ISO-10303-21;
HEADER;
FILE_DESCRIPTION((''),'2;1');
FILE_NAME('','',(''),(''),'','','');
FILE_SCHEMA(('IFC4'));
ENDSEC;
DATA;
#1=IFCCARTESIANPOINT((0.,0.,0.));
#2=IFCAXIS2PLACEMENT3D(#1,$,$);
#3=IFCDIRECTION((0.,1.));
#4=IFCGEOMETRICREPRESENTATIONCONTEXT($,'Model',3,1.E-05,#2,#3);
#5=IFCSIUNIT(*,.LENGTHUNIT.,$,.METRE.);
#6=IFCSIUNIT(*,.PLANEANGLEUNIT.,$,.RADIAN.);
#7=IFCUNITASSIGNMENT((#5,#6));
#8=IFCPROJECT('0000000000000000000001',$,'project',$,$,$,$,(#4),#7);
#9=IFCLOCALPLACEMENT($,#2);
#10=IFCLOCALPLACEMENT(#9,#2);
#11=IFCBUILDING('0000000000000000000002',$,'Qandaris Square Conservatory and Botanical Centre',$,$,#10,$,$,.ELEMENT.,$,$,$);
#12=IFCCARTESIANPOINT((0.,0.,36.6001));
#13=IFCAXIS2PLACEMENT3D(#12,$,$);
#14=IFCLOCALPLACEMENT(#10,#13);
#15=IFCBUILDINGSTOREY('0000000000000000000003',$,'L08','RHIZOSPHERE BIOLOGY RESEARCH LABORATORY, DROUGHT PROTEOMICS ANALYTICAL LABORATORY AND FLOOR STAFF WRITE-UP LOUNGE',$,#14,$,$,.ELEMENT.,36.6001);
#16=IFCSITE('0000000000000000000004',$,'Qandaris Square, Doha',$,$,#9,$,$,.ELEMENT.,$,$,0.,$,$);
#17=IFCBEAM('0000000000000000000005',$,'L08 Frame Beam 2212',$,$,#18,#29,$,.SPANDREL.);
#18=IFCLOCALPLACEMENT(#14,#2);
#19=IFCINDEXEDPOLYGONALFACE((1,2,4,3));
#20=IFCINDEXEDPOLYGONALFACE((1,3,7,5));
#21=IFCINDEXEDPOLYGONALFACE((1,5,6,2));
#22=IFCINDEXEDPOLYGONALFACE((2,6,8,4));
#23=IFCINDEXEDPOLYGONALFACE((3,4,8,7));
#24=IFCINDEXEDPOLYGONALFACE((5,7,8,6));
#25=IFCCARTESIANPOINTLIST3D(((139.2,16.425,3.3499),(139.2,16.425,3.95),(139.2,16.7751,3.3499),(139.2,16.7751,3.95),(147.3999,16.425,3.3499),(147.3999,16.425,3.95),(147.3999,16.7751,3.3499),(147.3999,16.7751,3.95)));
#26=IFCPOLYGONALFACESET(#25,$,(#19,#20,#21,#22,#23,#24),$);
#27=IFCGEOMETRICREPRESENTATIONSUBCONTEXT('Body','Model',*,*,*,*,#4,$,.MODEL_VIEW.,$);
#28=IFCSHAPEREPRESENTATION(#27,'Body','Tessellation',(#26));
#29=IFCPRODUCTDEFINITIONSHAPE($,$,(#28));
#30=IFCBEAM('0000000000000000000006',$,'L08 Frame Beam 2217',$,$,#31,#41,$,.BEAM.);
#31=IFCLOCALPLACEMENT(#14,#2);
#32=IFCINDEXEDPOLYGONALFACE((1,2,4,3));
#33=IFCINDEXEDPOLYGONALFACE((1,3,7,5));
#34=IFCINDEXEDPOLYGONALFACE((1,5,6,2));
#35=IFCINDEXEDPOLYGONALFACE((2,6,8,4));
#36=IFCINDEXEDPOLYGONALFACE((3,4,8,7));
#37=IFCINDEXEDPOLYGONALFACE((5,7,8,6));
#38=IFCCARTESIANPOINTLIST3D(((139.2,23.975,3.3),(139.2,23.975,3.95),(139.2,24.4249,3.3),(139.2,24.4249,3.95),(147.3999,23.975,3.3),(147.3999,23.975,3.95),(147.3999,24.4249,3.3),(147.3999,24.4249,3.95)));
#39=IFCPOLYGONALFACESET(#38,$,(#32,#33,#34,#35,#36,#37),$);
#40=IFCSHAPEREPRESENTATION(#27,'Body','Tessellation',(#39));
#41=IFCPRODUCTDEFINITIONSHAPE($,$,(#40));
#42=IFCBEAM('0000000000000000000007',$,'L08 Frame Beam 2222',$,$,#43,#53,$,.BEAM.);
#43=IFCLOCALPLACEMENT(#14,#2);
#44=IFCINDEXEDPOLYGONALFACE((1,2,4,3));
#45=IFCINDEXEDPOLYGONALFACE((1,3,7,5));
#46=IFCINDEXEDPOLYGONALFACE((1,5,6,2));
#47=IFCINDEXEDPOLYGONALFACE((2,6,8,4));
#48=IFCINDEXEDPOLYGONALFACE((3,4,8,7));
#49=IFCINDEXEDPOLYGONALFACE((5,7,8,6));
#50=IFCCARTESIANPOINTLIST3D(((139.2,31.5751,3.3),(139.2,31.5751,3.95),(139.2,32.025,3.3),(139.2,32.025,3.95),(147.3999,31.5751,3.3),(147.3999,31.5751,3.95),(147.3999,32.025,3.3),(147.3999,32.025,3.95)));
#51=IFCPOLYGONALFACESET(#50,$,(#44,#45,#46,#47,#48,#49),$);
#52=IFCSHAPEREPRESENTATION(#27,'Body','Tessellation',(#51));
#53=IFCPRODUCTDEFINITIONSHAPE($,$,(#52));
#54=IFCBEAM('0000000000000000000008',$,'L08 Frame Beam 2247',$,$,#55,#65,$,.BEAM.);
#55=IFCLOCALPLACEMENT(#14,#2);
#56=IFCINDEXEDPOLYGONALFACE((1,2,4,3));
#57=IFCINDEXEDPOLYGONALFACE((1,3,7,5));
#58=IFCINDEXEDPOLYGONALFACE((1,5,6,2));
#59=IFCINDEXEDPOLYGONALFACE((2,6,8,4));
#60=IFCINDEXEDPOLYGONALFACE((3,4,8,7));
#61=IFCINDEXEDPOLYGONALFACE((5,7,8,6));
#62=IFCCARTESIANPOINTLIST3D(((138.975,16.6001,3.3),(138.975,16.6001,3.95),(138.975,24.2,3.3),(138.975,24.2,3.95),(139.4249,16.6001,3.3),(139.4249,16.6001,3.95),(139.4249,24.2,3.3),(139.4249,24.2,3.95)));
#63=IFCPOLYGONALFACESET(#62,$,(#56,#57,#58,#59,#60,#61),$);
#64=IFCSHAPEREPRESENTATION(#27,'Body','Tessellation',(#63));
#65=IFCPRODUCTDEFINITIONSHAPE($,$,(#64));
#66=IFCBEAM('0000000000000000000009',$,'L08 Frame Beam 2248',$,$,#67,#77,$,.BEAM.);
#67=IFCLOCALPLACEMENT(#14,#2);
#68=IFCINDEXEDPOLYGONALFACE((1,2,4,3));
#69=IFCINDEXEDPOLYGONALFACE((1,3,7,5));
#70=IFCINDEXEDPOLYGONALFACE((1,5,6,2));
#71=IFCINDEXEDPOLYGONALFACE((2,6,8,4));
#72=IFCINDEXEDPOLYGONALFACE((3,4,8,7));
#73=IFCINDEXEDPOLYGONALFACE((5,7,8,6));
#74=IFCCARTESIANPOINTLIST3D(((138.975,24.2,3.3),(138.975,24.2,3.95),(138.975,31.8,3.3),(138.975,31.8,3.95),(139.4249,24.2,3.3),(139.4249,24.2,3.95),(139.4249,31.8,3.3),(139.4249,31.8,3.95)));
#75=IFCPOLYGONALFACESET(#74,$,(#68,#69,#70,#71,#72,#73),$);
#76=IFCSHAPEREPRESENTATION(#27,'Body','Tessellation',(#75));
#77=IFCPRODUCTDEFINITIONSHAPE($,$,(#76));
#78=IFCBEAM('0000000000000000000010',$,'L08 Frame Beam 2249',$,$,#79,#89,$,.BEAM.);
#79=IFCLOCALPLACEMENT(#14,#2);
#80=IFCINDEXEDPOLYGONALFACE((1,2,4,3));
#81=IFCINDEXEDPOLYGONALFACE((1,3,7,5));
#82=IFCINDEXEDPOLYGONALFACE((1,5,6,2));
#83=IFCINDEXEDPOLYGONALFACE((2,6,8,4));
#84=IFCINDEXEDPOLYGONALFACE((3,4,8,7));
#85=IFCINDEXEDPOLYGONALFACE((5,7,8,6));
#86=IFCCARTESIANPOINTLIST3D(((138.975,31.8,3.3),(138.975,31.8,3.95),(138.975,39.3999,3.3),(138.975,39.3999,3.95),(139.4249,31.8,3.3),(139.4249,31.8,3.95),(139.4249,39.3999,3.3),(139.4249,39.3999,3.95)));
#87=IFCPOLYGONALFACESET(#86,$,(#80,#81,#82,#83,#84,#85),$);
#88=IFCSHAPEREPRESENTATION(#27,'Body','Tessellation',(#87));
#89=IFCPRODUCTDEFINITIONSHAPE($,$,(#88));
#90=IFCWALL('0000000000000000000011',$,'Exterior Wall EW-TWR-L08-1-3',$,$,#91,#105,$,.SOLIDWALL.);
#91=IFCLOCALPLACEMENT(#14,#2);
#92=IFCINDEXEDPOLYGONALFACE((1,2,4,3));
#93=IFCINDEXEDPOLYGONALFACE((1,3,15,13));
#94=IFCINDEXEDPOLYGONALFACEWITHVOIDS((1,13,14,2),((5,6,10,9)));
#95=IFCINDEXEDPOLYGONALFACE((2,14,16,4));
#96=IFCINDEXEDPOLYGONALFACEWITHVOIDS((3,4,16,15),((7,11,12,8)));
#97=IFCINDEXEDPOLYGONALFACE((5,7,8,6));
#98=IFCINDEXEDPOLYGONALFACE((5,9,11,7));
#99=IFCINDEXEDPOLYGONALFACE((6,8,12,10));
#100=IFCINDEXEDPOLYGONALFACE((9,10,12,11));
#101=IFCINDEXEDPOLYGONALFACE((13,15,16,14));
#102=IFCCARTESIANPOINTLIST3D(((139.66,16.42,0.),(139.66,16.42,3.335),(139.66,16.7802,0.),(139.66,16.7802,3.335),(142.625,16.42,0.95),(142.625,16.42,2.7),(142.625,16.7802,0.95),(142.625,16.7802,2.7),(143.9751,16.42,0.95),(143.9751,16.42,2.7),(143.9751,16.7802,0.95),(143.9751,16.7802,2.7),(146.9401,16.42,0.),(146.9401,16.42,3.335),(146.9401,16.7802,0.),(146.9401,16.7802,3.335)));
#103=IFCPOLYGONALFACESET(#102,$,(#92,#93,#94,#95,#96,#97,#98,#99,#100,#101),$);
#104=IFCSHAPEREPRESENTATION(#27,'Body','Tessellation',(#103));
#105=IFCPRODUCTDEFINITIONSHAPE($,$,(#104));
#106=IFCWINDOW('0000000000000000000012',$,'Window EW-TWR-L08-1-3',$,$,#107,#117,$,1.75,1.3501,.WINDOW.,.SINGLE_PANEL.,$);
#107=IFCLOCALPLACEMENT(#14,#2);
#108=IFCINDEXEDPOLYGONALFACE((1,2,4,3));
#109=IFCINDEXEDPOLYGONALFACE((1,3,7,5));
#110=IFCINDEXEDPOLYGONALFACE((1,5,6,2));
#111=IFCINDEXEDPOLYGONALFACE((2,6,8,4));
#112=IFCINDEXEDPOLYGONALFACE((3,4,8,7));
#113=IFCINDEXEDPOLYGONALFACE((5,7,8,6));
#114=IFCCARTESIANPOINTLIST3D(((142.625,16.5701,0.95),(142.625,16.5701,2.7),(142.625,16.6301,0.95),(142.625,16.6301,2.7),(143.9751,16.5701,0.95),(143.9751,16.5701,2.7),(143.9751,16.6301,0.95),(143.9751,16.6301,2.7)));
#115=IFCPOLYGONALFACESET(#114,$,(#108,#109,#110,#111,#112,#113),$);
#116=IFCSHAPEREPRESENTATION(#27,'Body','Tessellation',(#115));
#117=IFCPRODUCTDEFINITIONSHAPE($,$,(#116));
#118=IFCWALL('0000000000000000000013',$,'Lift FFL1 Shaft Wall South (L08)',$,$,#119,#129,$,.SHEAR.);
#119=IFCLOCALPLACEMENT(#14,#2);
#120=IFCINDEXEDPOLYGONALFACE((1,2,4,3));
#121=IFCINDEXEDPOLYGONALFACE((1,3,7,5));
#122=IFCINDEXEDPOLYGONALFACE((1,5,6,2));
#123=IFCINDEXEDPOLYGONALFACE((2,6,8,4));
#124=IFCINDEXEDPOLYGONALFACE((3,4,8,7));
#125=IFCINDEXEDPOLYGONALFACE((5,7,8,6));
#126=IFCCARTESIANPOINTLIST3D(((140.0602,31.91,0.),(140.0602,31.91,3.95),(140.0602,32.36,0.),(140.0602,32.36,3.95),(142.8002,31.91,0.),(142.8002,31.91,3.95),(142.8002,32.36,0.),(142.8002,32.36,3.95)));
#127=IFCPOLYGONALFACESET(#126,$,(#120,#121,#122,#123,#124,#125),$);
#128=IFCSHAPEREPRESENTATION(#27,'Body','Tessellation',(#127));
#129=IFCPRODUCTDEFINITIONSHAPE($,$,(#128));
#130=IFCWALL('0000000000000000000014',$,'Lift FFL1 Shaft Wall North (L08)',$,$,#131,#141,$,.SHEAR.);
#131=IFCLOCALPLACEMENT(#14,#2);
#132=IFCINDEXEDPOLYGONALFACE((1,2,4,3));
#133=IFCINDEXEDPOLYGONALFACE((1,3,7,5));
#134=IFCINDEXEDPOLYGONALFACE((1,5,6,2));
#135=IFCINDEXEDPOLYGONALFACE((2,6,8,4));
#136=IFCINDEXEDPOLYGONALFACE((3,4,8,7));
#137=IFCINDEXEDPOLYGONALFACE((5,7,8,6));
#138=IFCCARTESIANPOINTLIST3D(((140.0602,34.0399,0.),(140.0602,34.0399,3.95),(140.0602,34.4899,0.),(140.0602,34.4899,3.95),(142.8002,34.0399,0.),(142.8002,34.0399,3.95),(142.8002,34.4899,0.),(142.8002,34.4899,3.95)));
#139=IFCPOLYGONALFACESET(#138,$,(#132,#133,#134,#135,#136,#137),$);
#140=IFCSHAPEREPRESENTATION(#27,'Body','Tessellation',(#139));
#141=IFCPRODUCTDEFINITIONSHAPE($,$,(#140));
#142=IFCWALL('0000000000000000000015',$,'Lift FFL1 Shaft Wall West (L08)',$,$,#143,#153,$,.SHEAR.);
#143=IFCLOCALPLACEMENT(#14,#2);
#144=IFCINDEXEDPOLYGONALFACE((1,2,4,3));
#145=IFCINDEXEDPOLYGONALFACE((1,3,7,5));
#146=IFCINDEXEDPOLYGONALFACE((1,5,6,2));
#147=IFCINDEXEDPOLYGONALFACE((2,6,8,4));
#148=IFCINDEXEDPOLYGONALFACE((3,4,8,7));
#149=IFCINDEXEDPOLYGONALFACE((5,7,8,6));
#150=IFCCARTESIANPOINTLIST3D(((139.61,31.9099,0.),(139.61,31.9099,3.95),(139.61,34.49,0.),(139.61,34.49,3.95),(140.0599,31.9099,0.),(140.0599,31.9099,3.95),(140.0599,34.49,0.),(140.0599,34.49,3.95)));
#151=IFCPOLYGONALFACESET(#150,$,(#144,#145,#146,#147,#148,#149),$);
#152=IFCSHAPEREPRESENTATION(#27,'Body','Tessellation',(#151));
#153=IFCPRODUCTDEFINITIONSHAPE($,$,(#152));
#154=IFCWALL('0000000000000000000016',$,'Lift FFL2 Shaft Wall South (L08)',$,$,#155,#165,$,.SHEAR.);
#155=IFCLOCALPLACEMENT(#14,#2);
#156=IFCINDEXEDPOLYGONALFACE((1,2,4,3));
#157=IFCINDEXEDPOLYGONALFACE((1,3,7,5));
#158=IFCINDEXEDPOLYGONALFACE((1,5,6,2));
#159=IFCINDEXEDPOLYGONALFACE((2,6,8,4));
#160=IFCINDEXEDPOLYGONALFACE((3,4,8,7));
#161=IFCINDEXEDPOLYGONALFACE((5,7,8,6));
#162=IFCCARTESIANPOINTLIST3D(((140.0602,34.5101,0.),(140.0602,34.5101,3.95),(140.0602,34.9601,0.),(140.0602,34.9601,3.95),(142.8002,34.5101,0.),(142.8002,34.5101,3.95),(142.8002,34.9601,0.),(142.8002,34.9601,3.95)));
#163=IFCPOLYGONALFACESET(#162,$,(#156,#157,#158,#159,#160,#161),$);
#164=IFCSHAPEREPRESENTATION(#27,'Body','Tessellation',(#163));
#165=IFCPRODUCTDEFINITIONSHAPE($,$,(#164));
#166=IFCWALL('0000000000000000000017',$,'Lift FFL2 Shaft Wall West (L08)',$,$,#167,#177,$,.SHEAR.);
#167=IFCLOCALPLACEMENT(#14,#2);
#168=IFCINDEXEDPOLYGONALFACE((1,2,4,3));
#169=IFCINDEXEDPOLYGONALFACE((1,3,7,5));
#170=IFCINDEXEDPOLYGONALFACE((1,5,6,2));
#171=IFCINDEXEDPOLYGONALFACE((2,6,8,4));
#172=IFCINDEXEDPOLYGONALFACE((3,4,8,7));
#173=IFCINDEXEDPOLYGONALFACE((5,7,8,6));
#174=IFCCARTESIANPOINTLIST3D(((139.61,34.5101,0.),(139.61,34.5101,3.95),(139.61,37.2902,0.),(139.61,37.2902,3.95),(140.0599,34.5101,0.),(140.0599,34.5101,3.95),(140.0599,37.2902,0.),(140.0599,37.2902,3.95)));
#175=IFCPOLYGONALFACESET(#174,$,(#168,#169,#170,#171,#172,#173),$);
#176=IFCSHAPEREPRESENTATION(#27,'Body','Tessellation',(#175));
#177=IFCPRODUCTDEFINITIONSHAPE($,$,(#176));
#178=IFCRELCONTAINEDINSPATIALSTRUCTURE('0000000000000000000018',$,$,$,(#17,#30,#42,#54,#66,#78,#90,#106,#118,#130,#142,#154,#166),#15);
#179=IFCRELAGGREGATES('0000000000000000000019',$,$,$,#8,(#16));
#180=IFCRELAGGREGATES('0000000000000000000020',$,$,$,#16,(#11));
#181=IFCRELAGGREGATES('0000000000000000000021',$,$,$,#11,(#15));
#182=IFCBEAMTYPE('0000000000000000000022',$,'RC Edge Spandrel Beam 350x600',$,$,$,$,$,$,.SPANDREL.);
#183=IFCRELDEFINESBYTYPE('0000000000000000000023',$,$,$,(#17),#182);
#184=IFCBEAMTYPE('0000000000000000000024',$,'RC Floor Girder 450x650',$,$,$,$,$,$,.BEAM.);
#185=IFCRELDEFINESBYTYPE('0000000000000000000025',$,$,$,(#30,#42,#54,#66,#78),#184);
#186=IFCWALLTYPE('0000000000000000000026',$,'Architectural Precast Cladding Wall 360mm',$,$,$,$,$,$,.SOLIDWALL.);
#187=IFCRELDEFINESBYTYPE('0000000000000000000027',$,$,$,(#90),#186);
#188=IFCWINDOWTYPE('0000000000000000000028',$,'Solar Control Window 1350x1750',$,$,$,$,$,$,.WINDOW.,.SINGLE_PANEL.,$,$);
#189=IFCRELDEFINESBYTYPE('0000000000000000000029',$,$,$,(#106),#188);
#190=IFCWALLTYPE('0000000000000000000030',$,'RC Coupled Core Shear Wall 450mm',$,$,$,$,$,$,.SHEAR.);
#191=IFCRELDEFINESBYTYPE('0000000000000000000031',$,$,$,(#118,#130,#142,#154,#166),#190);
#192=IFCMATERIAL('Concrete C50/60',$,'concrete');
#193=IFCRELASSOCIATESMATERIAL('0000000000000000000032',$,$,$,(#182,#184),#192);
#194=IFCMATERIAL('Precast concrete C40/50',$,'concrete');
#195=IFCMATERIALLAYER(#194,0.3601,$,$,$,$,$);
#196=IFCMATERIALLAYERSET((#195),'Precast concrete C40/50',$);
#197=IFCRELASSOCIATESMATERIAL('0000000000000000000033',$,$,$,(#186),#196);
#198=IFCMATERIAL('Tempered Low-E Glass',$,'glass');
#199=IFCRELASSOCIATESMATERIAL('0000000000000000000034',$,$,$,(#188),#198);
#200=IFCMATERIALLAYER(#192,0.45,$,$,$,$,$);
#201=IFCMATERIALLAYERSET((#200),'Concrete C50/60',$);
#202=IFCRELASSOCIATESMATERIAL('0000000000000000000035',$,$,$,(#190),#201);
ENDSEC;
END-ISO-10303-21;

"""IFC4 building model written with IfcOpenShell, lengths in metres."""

from ifc_helpers import new_model, si_unit, direction, frame, frame_2d, origin, origin_2d, place, context, subcontext, project, spatial, rectangle, extrude, material, layer, layer_set, material_profile, profile_set, type_object, element, fill, save


model = new_model("IFC4")

# Units and contexts
model_context = context("Model", 3, precision=1e-05, world=origin(), true_north=direction((0.0, 1.0)))
body_context = subcontext(model_context, "Body", "Model", "MODEL_VIEW")
ifc_project = project(units=[si_unit("LENGTHUNIT", "METRE"), si_unit("PLANEANGLEUNIT", "RADIAN")], contexts=[model_context])

# Site, building, storey
site_placement = place(None, origin())
site = spatial("IfcSite", under=ifc_project, at=site_placement, Name="Qandaris Square, Doha", CompositionType="ELEMENT", RefElevation=0.0)
building_placement = place(site_placement, origin())
building = spatial("IfcBuilding", under=site, at=building_placement, Name="Qandaris Square Conservatory and Botanical Centre", CompositionType="ELEMENT")
storey_placement = place(building_placement, frame((0.0, 0.0, 36.6001)))
storey = spatial("IfcBuildingStorey", under=building, at=storey_placement, Name="L08", Description="RHIZOSPHERE BIOLOGY RESEARCH LABORATORY, DROUGHT PROTEOMICS ANALYTICAL LABORATORY AND FLOOR STAFF WRITE-UP LOUNGE", CompositionType="ELEMENT", Elevation=36.6001)

# Shared definitions
ifc_material_1 = material(Name="Concrete C50/60", Category="concrete")

# Beams
ifc_material_profile_1 = material_profile(ifc_material_1, rectangle(XDim=0.3501, YDim=0.6001, at=origin_2d()), Name="RC-SP 350x600")
ifc_profile_set_1 = profile_set([ifc_material_profile_1], Name="Concrete C50/60")
beam_type_1 = type_object("IfcBeamType", Name="RC Edge Spandrel Beam 350x600", PredefinedType="SPANDREL", material=ifc_profile_set_1)
beam_1_placement = place(storey_placement, frame((139.2, 16.6001, 3.6499), z_axis=(1.0, 0.0, 0.0), x_axis=(0.0, 1.0, 0.0)))
element("IfcBeam", 1, at=beam_1_placement, inside=storey, type_object=beam_type_1, Name="L08 Frame Beam 2212", PredefinedType="SPANDREL", context=body_context, shape_type="SweptSolid", body=[
    extrude(rectangle(XDim=0.3501, YDim=0.6001, at=origin_2d()), origin(), (0.0, 0.0, 1.0), 8.2),
])
ifc_material_profile_2 = material_profile(ifc_material_1, rectangle(XDim=0.45, YDim=0.6499, at=origin_2d()), Name="RC-BM 450x650")
ifc_profile_set_2 = profile_set([ifc_material_profile_2], Name="Concrete C50/60")
beam_type_2 = type_object("IfcBeamType", Name="RC Floor Girder 450x650", PredefinedType="BEAM", material=ifc_profile_set_2)
for number, where, z_axis, x_axis, name in (
    (2, (139.2, 24.2, 3.625), (1.0, 0.0, 0.0), (0.0, 1.0, 0.0), "L08 Frame Beam 2217"),
    (3, (139.2, 31.8, 3.625), (1.0, 0.0, 0.0), (0.0, 1.0, 0.0), "L08 Frame Beam 2222"),
):
    element("IfcBeam", number, at=place(storey_placement, frame(where, z_axis=z_axis, x_axis=x_axis)), inside=storey, type_object=beam_type_2, Name=name, PredefinedType="BEAM", context=body_context, shape_type="SweptSolid", body=[
        extrude(rectangle(XDim=0.45, YDim=0.6499, at=origin_2d()), origin(), (0.0, 0.0, 1.0), 8.2),
    ])
beam_2_placement = place(storey_placement, frame((139.2, 16.6001, 3.625), z_axis=(0.0, 1.0, 0.0), x_axis=(-1.0, 0.0, 0.0)))
element("IfcBeam", 4, at=beam_2_placement, inside=storey, type_object=beam_type_2, Name="L08 Frame Beam 2247", PredefinedType="BEAM", context=body_context, shape_type="SweptSolid", body=[
    extrude(rectangle(XDim=0.45, YDim=0.6499, at=origin_2d()), origin(), (0.0, 0.0, 1.0), 7.5999),
])
beam_3_placement = place(storey_placement, frame((139.2, 24.2, 3.625), z_axis=(0.0, 1.0, 0.0), x_axis=(-1.0, 0.0, 0.0)))
element("IfcBeam", 5, at=beam_3_placement, inside=storey, type_object=beam_type_2, Name="L08 Frame Beam 2248", PredefinedType="BEAM", context=body_context, shape_type="SweptSolid", body=[
    extrude(rectangle(XDim=0.45, YDim=0.6499, at=origin_2d()), origin(), (0.0, 0.0, 1.0), 7.6001),
])
beam_4_placement = place(storey_placement, frame((139.2, 31.8, 3.625), z_axis=(0.0, 1.0, 0.0), x_axis=(-1.0, 0.0, 0.0)))
element("IfcBeam", 6, at=beam_4_placement, inside=storey, type_object=beam_type_2, Name="L08 Frame Beam 2249", PredefinedType="BEAM", context=body_context, shape_type="SweptSolid", body=[
    extrude(rectangle(XDim=0.45, YDim=0.6499, at=origin_2d()), origin(), (0.0, 0.0, 1.0), 7.5999),
])

# Wall, opening, window
ifc_material_2 = material(Name="Precast concrete C40/50", Category="concrete")
ifc_layer_1 = layer(ifc_material_2, 0.3601)
ifc_layer_set_1 = layer_set([ifc_layer_1], Name="Precast concrete C40/50")
wall_type_1 = type_object("IfcWallType", Name="Architectural Precast Cladding Wall 360mm", PredefinedType="SOLIDWALL", material=ifc_layer_set_1)
wall_1_placement = place(storey_placement, frame((139.6599, 16.6001, 0.0), z_axis=(0.0, 0.0, 1.0), x_axis=(1.0, 0.0, 0.0)))
wall_1 = element("IfcWall", 7, at=wall_1_placement, inside=storey, type_object=wall_type_1, Name="Exterior Wall EW-TWR-L08-1-3", PredefinedType="SOLIDWALL", context=body_context, shape_type="SweptSolid", body=[
    extrude(rectangle(XDim=7.28, YDim=0.3601, at=frame_2d((3.6401, 0.0))), origin(), (0.0, 0.0, 1.0), 3.335),
])
opening_1_placement = place(wall_1_placement, frame((2.9651, 0.0, 0.95)))
opening_1 = element("IfcOpeningElement", 8, at=opening_1_placement, cuts=wall_1, PredefinedType="OPENING", context=body_context, shape_type="SweptSolid", body=[
    extrude(rectangle(XDim=1.3501, YDim=1.75, at=frame_2d((0.675, 0.875))), frame((0.0, 0.1919, 0.0), z_axis=(0.0, -1.0, 0.0), x_axis=(1.0, 0.0, 0.0)), (0.0, 0.0, 1.0), 0.384),
])
ifc_material_3 = material(Name="Tempered Low-E Glass", Category="glass")
window_type = type_object("IfcWindowType", Name="Solar Control Window 1350x1750", PartitioningType="SINGLE_PANEL", PredefinedType="WINDOW", material=ifc_material_3)
window_placement = place(opening_1_placement, origin())
window = element("IfcWindow", 9, at=window_placement, inside=storey, type_object=window_type, Name="Window EW-TWR-L08-1-3", OverallHeight=1.75, OverallWidth=1.3501, PartitioningType="SINGLE_PANEL", PredefinedType="WINDOW", context=body_context, shape_type="SweptSolid", body=[
    extrude(rectangle(XDim=1.3501, YDim=1.75, at=frame_2d((0.675, 0.875))), frame((0.0, 0.03, 0.0), z_axis=(0.0, -1.0, 0.0), x_axis=(1.0, 0.0, 0.0)), (0.0, 0.0, 1.0), 0.0601),
])
fill(opening_1, window)

# Walls
ifc_layer_2 = layer(ifc_material_1, 0.45)
ifc_layer_set_2 = layer_set([ifc_layer_2], Name="Concrete C50/60")
wall_type_2 = type_object("IfcWallType", Name="RC Coupled Core Shear Wall 450mm", PredefinedType="SHEAR", material=ifc_layer_set_2)
for number, where, z_axis, x_axis, name in (
    (10, (140.0601, 32.135, 0.0), (0.0, 0.0, 1.0), (1.0, 0.0, 0.0), "Lift FFL1 Shaft Wall South (L08)"),
    (11, (140.0601, 34.2649, 0.0), (0.0, 0.0, 1.0), (1.0, 0.0, 0.0), "Lift FFL1 Shaft Wall North (L08)"),
):
    element("IfcWall", number, at=place(storey_placement, frame(where, z_axis=z_axis, x_axis=x_axis)), inside=storey, type_object=wall_type_2, Name=name, PredefinedType="SHEAR", context=body_context, shape_type="SweptSolid", body=[
        extrude(rectangle(XDim=2.74, YDim=0.45, at=frame_2d((1.3701, 0.0))), origin(), (0.0, 0.0, 1.0), 3.95),
    ])
wall_2_placement = place(storey_placement, frame((139.835, 31.9099, 0.0), z_axis=(0.0, 0.0, 1.0), x_axis=(0.0, 1.0, 0.0)))
element("IfcWall", 12, at=wall_2_placement, inside=storey, type_object=wall_type_2, Name="Lift FFL1 Shaft Wall West (L08)", PredefinedType="SHEAR", context=body_context, shape_type="SweptSolid", body=[
    extrude(rectangle(XDim=2.5801, YDim=0.45, at=frame_2d((1.29, 0.0))), origin(), (0.0, 0.0, 1.0), 3.95),
])
wall_3_placement = place(storey_placement, frame((140.0601, 34.7351, 0.0), z_axis=(0.0, 0.0, 1.0), x_axis=(1.0, 0.0, 0.0)))
element("IfcWall", 13, at=wall_3_placement, inside=storey, type_object=wall_type_2, Name="Lift FFL2 Shaft Wall South (L08)", PredefinedType="SHEAR", context=body_context, shape_type="SweptSolid", body=[
    extrude(rectangle(XDim=2.74, YDim=0.45, at=frame_2d((1.3701, 0.0))), origin(), (0.0, 0.0, 1.0), 3.95),
])
wall_4_placement = place(storey_placement, frame((139.835, 34.51, 0.0), z_axis=(0.0, 0.0, 1.0), x_axis=(0.0, 1.0, 0.0)))
element("IfcWall", 14, at=wall_4_placement, inside=storey, type_object=wall_type_2, Name="Lift FFL2 Shaft Wall West (L08)", PredefinedType="SHEAR", context=body_context, shape_type="SweptSolid", body=[
    extrude(rectangle(XDim=2.78, YDim=0.45, at=frame_2d((1.3901, 0.0))), origin(), (0.0, 0.0, 1.0), 3.95),
])

save(model, "model.ifc")
